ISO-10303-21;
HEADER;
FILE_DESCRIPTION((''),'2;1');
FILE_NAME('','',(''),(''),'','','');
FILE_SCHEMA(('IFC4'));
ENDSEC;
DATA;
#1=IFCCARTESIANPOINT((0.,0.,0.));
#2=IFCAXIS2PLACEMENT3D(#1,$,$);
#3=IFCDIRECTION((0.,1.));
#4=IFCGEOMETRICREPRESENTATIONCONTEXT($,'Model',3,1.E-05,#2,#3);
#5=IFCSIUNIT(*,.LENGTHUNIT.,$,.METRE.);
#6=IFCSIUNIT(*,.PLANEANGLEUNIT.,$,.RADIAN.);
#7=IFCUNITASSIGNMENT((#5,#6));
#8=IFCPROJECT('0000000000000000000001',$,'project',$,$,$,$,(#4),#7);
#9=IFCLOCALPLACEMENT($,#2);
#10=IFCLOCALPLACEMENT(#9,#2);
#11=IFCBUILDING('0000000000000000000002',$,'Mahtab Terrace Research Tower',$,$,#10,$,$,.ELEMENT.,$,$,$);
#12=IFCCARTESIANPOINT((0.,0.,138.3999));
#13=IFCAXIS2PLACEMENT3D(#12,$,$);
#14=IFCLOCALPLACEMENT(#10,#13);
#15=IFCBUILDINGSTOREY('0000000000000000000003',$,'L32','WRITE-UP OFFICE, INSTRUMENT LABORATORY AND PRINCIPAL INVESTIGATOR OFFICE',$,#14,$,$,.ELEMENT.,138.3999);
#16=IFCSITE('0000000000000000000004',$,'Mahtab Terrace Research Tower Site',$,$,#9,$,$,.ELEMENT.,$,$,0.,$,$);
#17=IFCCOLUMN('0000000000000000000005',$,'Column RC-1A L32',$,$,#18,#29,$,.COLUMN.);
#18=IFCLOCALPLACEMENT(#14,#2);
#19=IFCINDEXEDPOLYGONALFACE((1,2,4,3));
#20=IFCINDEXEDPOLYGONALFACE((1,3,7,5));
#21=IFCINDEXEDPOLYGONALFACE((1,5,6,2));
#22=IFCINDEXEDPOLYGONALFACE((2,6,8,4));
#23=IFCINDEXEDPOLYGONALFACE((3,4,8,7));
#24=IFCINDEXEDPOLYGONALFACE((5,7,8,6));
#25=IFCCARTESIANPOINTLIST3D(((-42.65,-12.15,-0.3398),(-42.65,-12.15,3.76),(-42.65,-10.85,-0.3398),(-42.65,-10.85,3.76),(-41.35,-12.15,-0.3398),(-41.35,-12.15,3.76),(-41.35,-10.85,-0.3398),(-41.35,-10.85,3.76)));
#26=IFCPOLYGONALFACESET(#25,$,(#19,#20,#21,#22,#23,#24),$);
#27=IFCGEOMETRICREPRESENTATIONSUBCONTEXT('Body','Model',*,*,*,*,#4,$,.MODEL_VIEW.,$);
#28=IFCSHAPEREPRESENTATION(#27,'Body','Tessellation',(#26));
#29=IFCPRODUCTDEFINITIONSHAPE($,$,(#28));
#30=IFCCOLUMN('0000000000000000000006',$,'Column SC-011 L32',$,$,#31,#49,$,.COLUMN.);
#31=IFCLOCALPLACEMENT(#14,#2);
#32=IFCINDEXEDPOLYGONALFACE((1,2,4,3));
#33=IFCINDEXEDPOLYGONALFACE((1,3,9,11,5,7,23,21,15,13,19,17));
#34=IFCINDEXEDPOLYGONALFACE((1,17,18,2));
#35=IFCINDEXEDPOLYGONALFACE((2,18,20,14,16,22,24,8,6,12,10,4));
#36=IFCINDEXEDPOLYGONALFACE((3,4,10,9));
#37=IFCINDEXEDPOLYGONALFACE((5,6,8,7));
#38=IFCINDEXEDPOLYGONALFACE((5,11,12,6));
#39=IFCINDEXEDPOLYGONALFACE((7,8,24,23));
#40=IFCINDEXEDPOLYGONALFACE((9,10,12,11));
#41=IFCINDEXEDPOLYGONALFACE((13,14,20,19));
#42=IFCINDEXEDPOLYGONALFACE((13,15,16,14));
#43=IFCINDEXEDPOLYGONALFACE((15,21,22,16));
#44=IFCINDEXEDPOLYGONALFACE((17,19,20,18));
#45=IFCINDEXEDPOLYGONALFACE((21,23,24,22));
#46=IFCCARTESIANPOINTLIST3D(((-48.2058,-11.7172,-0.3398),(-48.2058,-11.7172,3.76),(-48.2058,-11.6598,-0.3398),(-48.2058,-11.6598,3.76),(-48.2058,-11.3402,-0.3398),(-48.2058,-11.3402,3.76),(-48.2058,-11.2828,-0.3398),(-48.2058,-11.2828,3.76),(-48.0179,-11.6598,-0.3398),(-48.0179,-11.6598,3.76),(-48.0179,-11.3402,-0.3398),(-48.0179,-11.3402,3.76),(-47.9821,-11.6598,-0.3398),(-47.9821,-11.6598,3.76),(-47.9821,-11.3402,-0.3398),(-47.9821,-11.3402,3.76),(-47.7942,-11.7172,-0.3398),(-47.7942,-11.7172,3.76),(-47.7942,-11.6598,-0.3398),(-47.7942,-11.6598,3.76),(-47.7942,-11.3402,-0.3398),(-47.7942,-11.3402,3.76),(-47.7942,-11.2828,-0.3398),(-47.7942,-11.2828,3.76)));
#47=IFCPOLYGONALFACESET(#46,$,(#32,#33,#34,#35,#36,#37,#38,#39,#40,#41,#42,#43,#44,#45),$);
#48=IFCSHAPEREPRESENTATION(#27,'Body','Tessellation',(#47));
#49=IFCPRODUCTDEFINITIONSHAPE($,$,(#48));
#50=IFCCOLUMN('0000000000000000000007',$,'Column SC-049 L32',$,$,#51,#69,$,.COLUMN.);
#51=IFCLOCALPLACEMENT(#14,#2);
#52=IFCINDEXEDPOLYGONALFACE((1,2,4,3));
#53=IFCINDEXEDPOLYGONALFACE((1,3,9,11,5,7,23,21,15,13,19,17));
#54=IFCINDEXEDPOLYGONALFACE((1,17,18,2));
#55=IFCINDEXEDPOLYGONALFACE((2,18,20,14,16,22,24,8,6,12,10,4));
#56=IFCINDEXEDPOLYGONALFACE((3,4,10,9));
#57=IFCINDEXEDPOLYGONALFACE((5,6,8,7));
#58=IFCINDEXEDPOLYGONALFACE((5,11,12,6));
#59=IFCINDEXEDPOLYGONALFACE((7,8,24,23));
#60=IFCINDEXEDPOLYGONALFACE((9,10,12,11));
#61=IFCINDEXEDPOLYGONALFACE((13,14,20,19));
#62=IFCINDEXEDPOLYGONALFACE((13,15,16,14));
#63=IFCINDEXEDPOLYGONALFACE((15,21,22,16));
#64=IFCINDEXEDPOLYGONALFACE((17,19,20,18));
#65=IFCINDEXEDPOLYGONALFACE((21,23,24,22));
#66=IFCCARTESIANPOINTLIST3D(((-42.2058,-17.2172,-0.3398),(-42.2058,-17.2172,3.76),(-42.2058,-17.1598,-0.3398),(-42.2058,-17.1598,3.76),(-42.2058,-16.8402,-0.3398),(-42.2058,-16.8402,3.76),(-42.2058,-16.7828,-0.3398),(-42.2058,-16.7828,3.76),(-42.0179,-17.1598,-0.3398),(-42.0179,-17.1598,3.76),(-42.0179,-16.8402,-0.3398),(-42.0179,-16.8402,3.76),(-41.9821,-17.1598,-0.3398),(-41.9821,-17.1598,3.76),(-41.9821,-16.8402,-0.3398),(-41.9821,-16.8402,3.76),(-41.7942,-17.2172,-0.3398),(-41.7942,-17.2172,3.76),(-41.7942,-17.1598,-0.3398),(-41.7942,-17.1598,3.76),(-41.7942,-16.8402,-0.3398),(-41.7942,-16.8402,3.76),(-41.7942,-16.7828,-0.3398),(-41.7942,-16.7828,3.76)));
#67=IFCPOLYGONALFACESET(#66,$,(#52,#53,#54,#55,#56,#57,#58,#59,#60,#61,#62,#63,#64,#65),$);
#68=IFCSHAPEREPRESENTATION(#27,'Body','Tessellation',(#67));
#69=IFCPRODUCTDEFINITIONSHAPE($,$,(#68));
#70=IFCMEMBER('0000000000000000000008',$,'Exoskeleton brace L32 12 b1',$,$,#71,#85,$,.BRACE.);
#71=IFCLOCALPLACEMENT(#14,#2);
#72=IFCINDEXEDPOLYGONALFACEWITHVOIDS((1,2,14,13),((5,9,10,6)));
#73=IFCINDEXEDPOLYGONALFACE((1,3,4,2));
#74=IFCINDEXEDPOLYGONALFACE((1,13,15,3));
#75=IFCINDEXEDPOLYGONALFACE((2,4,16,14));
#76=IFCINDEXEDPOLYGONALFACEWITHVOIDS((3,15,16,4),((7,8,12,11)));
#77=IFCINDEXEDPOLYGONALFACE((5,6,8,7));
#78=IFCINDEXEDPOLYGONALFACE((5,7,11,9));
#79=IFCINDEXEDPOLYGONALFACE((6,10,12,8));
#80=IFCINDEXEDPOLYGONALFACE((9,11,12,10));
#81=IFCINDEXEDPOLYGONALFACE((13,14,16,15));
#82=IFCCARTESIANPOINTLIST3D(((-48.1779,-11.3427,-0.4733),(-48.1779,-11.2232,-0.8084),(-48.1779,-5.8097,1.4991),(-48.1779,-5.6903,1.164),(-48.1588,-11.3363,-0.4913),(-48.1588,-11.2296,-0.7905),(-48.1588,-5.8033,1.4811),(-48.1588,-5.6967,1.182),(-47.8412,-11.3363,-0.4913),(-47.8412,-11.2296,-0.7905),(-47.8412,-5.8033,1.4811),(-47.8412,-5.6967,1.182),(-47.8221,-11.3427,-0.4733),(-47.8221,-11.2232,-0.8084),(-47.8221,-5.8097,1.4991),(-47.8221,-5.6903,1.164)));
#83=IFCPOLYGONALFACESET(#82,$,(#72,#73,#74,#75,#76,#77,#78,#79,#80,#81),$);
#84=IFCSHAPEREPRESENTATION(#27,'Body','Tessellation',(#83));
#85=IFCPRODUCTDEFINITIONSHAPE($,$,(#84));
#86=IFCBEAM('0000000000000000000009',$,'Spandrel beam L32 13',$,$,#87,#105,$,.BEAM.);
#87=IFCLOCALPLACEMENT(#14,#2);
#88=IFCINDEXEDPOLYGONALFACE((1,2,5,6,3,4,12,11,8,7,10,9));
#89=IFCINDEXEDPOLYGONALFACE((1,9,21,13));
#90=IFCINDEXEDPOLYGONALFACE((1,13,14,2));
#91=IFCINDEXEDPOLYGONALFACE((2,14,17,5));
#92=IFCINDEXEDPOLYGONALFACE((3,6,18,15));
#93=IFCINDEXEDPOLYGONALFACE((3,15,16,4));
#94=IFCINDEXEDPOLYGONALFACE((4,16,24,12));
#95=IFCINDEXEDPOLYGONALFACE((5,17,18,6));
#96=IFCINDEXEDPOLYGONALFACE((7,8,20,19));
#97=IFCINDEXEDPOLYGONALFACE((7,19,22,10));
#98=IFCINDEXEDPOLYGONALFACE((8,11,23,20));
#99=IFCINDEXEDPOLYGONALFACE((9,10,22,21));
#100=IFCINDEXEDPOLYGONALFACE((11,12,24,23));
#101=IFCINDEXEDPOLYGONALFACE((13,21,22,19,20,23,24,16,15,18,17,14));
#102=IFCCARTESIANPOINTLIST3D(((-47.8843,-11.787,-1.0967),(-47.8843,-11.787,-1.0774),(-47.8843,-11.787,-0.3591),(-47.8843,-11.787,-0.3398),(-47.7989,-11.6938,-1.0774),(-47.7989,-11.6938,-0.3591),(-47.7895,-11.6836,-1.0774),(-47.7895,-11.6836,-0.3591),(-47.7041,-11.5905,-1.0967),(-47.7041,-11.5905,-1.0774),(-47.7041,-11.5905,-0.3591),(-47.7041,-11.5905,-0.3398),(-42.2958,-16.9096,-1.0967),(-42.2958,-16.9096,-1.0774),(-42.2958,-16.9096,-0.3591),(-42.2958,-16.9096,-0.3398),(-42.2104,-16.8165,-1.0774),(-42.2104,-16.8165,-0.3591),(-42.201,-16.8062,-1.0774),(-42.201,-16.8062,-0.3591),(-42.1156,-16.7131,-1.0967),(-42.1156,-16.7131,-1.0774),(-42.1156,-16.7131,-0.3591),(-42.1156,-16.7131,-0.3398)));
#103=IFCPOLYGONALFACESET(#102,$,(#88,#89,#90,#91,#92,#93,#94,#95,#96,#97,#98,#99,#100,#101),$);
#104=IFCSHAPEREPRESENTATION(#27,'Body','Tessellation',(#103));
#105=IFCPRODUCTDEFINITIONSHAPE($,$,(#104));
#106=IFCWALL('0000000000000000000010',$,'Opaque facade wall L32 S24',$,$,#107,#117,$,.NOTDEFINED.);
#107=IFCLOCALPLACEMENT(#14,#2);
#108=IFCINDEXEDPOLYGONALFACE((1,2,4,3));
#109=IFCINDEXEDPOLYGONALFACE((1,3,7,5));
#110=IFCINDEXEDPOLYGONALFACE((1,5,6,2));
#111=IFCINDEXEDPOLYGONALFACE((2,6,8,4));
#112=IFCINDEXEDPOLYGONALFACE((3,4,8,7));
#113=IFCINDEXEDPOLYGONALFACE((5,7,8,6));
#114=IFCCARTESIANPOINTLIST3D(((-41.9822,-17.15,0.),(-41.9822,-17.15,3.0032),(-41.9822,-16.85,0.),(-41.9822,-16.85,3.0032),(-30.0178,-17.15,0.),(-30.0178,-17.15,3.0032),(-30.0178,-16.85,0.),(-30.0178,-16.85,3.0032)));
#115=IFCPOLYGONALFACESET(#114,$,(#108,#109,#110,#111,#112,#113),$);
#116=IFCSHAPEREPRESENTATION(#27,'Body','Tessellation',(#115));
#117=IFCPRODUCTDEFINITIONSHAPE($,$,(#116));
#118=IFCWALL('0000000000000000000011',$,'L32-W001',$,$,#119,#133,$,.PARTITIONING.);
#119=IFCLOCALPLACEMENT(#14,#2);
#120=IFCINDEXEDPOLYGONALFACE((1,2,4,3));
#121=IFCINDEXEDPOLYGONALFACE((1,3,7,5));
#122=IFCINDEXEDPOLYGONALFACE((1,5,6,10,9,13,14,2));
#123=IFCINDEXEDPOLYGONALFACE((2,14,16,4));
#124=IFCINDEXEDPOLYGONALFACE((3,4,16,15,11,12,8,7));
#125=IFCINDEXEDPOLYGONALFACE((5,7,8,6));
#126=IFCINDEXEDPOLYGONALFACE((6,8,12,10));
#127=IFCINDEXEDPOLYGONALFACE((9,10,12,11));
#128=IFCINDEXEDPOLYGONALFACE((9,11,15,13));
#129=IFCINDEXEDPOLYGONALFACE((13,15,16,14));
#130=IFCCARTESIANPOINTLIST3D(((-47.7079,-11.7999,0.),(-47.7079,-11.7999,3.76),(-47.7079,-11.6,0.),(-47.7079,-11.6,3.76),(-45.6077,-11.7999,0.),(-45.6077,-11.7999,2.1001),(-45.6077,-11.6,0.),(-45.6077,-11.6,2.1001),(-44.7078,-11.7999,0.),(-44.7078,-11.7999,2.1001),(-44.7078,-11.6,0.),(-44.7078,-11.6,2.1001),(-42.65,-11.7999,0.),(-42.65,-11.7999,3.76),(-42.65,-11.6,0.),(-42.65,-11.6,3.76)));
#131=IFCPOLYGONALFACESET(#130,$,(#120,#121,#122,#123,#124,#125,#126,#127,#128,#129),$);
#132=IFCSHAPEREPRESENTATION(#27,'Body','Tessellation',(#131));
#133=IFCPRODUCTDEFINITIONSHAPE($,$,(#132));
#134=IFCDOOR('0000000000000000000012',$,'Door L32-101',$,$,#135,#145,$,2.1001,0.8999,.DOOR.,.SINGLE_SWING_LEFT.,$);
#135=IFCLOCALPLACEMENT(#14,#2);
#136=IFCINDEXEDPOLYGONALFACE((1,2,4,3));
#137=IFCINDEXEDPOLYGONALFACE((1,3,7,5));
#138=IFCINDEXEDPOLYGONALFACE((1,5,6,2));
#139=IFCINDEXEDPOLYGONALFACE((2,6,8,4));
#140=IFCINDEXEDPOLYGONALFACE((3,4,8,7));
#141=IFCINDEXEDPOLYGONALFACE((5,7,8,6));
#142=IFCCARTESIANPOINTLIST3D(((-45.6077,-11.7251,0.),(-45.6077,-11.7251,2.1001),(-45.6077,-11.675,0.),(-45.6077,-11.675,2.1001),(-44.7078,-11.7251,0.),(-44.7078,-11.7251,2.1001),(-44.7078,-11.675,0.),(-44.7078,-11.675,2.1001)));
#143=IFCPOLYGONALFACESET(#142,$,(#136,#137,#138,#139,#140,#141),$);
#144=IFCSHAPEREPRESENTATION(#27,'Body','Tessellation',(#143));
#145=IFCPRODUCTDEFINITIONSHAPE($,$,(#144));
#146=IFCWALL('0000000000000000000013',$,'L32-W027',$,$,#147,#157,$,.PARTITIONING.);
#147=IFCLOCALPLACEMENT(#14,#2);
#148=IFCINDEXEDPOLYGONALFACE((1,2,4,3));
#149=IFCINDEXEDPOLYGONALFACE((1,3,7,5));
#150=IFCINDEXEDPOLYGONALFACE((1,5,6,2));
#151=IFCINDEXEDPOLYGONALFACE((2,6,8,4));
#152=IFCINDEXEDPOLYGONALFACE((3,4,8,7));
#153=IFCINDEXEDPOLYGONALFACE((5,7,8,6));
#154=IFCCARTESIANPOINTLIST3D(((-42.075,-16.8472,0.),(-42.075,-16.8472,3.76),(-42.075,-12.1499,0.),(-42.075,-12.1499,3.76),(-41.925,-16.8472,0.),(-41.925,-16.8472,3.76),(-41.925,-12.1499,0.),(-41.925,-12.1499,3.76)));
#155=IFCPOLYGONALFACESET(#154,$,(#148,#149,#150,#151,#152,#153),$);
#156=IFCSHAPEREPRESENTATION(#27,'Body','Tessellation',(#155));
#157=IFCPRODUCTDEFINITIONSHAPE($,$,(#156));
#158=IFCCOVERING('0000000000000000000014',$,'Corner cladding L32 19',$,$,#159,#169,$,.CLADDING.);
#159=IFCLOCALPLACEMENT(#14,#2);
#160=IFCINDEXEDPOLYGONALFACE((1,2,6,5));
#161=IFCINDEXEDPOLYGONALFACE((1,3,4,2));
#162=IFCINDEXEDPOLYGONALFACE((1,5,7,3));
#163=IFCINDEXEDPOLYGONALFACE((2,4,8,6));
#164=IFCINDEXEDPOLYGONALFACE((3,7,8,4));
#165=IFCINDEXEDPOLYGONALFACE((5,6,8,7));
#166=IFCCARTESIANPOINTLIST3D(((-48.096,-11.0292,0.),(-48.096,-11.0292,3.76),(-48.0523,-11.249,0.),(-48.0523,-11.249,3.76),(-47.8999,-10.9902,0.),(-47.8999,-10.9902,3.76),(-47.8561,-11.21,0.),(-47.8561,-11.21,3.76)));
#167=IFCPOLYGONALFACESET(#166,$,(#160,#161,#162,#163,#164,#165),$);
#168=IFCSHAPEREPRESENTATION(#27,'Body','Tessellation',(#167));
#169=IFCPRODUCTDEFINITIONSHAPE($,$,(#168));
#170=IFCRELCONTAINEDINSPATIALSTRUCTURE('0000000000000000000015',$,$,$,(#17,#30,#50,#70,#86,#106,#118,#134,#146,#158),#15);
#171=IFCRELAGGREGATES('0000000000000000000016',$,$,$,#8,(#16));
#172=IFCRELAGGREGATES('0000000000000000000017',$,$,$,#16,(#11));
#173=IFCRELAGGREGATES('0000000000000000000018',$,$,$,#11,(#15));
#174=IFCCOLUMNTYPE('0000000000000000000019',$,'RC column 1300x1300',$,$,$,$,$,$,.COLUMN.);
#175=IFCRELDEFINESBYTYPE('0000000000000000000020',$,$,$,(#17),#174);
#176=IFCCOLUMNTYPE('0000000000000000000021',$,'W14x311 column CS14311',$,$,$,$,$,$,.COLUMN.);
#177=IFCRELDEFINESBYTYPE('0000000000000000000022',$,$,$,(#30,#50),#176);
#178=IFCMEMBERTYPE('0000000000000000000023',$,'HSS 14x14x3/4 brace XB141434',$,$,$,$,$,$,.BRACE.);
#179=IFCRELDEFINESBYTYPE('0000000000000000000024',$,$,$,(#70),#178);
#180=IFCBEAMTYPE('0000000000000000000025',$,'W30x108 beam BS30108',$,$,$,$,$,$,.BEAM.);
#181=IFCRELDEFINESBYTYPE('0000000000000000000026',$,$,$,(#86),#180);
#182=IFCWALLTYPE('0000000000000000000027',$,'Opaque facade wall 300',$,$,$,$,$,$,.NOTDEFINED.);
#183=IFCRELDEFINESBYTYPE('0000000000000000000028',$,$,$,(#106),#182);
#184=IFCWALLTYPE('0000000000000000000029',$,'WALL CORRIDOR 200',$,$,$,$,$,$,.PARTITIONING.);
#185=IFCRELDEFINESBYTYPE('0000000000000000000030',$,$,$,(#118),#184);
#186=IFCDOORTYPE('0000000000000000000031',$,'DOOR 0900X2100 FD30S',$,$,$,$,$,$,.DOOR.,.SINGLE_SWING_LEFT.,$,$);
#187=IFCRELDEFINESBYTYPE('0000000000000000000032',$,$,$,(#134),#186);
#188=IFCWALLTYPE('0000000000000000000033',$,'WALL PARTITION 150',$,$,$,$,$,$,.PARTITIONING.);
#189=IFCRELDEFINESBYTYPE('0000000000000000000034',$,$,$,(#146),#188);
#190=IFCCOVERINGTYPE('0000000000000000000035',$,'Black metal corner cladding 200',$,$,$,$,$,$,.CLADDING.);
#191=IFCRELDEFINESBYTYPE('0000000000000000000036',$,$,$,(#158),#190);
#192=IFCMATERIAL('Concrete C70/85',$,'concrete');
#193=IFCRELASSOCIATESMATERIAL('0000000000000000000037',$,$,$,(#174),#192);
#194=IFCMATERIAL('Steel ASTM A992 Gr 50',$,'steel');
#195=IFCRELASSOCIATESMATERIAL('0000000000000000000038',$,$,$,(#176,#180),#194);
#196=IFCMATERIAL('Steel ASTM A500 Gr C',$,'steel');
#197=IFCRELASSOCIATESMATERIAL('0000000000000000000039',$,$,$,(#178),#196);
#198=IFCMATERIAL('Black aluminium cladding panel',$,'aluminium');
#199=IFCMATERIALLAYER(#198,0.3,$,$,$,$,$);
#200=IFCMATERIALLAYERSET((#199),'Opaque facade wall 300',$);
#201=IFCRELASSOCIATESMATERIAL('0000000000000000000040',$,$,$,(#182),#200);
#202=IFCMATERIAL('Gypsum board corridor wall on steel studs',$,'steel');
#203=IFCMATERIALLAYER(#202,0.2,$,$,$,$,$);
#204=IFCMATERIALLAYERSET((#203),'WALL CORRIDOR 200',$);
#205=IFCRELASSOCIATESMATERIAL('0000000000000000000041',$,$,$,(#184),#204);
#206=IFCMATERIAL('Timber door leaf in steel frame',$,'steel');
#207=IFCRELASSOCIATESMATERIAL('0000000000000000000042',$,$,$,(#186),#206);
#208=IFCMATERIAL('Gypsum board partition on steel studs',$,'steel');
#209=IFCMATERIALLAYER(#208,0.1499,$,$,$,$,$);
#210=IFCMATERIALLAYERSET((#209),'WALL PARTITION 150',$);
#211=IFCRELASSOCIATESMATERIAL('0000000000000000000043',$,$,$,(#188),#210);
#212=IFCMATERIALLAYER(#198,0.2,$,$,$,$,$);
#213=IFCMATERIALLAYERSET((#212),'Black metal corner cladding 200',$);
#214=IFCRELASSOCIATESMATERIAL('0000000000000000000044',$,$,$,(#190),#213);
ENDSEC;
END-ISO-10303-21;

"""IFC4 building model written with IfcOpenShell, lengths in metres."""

from ifc_helpers import new_model, si_unit, direction, frame, frame_2d, origin, origin_2d, place, context, subcontext, project, spatial, rectangle, hollow_rectangle, i_section, extrude, material, layer, layer_set, material_profile, profile_set, type_object, element, fill, save


model = new_model("IFC4")

# Units and contexts
model_context = context("Model", 3, precision=1e-05, world=origin(), true_north=direction((0.0, 1.0)))
body_context = subcontext(model_context, "Body", "Model", "MODEL_VIEW")
ifc_project = project(units=[si_unit("LENGTHUNIT", "METRE"), si_unit("PLANEANGLEUNIT", "RADIAN")], contexts=[model_context])

# Site, building, storey
site_placement = place(None, origin())
site = spatial("IfcSite", under=ifc_project, at=site_placement, Name="Mahtab Terrace Research Tower Site", CompositionType="ELEMENT", RefElevation=0.0)
building_placement = place(site_placement, origin())
building = spatial("IfcBuilding", under=site, at=building_placement, Name="Mahtab Terrace Research Tower", CompositionType="ELEMENT")
storey_placement = place(building_placement, frame((0.0, 0.0, 138.3999)))
storey = spatial("IfcBuildingStorey", under=building, at=storey_placement, Name="L32", Description="WRITE-UP OFFICE, INSTRUMENT LABORATORY AND PRINCIPAL INVESTIGATOR OFFICE", CompositionType="ELEMENT", Elevation=138.3999)

# Columns
ifc_material_1 = material(Name="Concrete C70/85", Category="concrete")
ifc_material_profile_1 = material_profile(ifc_material_1, rectangle(XDim=1.3, YDim=1.3, at=origin_2d()), Name="RC column 1300x1300")
ifc_profile_set_1 = profile_set([ifc_material_profile_1], Name="Concrete C70/85")
column_type_1 = type_object("IfcColumnType", Name="RC column 1300x1300", PredefinedType="COLUMN", material=ifc_profile_set_1)
column_placement = place(storey_placement, frame((-42.0, -11.5, -0.3398), z_axis=(0.0, 0.0, 1.0), x_axis=(1.0, 0.0, 0.0)))
element("IfcColumn", 1, at=column_placement, inside=storey, type_object=column_type_1, Name="Column RC-1A L32", PredefinedType="COLUMN", context=body_context, shape_type="SweptSolid", body=[
    extrude(rectangle(XDim=1.3, YDim=1.3, at=origin_2d()), origin(), (0.0, 0.0, 1.0), 4.0999),
])
ifc_material_2 = material(Name="Steel ASTM A992 Gr 50", Category="steel")
ifc_material_profile_2 = material_profile(ifc_material_2, i_section(OverallWidth=0.4116, OverallDepth=0.4343, WebThickness=0.0359, FlangeThickness=0.0574, at=origin_2d()), Name="W14X311")
ifc_profile_set_2 = profile_set([ifc_material_profile_2], Name="Steel ASTM A992 Gr 50")
column_type_2 = type_object("IfcColumnType", Name="W14x311 column CS14311", PredefinedType="COLUMN", material=ifc_profile_set_2)
for number, where, z_axis, x_axis, name in (
    (2, (-48.0, -11.5, -0.3398), (0.0, 0.0, 1.0), (1.0, 0.0, 0.0), "Column SC-011 L32"),
    (3, (-42.0, -17.0, -0.3398), (0.0, 0.0, 1.0), (1.0, 0.0, 0.0), "Column SC-049 L32"),
):
    element("IfcColumn", number, at=place(storey_placement, frame(where, z_axis=z_axis, x_axis=x_axis)), inside=storey, type_object=column_type_2, Name=name, PredefinedType="COLUMN", context=body_context, shape_type="SweptSolid", body=[
        extrude(i_section(OverallWidth=0.4116, OverallDepth=0.4343, WebThickness=0.0359, FlangeThickness=0.0574, at=origin_2d()), origin(), (0.0, 0.0, 1.0), 4.0999),
    ])

# Member
ifc_material_3 = material(Name="Steel ASTM A500 Gr C", Category="steel")
ifc_material_profile_3 = material_profile(ifc_material_3, hollow_rectangle(XDim=0.3557, YDim=0.3557, WallThickness=0.019, at=origin_2d()), Name="HSS14X14X3/4")
ifc_profile_set_3 = profile_set([ifc_material_profile_3], Name="Steel ASTM A500 Gr C")
member_type = type_object("IfcMemberType", Name="HSS 14x14x3/4 brace XB141434", PredefinedType="BRACE", material=ifc_profile_set_3)
member_placement = place(storey_placement, frame((-48.0, -11.283, -0.6409), z_axis=(0.0, 0.941938, 0.335786), x_axis=(-1.0, 0.0, 0.0)))
element("IfcMember", 4, at=member_placement, inside=storey, type_object=member_type, Name="Exoskeleton brace L32 12 b1", PredefinedType="BRACE", context=body_context, shape_type="SweptSolid", body=[
    extrude(hollow_rectangle(XDim=0.3557, YDim=0.3557, WallThickness=0.019, at=origin_2d()), origin(), (0.0, 0.0, 1.0), 5.874),
])

# Beam
ifc_material_profile_4 = material_profile(ifc_material_2, i_section(OverallWidth=0.2666, OverallDepth=0.7568, WebThickness=0.0139, FlangeThickness=0.0193, at=origin_2d()), Name="W30X108")
ifc_profile_set_4 = profile_set([ifc_material_profile_4], Name="Steel ASTM A992 Gr 50")
beam_type = type_object("IfcBeamType", Name="W30x108 beam BS30108", PredefinedType="BEAM", material=ifc_profile_set_4)
beam_placement = place(storey_placement, frame((-47.7942, -11.6887, -0.7183), z_axis=(0.737162, -0.675716, 0.0), x_axis=(0.675716, 0.737162, 0.0)))
element("IfcBeam", 5, at=beam_placement, inside=storey, type_object=beam_type, Name="Spandrel beam L32 13", PredefinedType="BEAM", context=body_context, shape_type="SweptSolid", body=[
    extrude(i_section(OverallWidth=0.2666, OverallDepth=0.7568, WebThickness=0.0139, FlangeThickness=0.0193, at=origin_2d()), origin(), (0.0, 0.0, 1.0), 7.5811),
])

# Wall
ifc_material_4 = material(Name="Black aluminium cladding panel", Category="aluminium")
ifc_layer_1 = layer(ifc_material_4, 0.3)
ifc_layer_set_1 = layer_set([ifc_layer_1], Name="Opaque facade wall 300")
wall_type_1 = type_object("IfcWallType", Name="Opaque facade wall 300", PredefinedType="NOTDEFINED", material=ifc_layer_set_1)
wall_1_placement = place(storey_placement, frame((-41.9822, -17.0, 0.0), z_axis=(0.0, 0.0, 1.0), x_axis=(1.0, 0.0, 0.0)))
element("IfcWall", 6, at=wall_1_placement, inside=storey, type_object=wall_type_1, Name="Opaque facade wall L32 S24", PredefinedType="NOTDEFINED", context=body_context, shape_type="SweptSolid", body=[
    extrude(rectangle(XDim=11.9644, YDim=0.3, at=frame_2d((5.9822, 0.0))), origin(), (0.0, 0.0, 1.0), 3.0032),
])

# Wall, opening, door
ifc_material_5 = material(Name="Gypsum board corridor wall on steel studs", Category="steel")
ifc_layer_2 = layer(ifc_material_5, 0.2)
ifc_layer_set_2 = layer_set([ifc_layer_2], Name="WALL CORRIDOR 200")
wall_type_2 = type_object("IfcWallType", Name="WALL CORRIDOR 200", PredefinedType="PARTITIONING", material=ifc_layer_set_2)
wall_2_placement = place(storey_placement, frame((-47.7078, -11.7, 0.0), z_axis=(0.0, 0.0, 1.0), x_axis=(1.0, 0.0, 0.0)))
wall_2 = element("IfcWall", 7, at=wall_2_placement, inside=storey, type_object=wall_type_2, Name="L32-W001", PredefinedType="PARTITIONING", context=body_context, shape_type="SweptSolid", body=[
    extrude(rectangle(XDim=5.0579, YDim=0.2, at=frame_2d((2.5288, 0.0))), origin(), (0.0, 0.0, 1.0), 3.76),
])
opening_placement = place(wall_2_placement, frame((2.1001, 0.0, 0.0)))
opening = element("IfcOpeningElement", 8, at=opening_placement, cuts=wall_2, PredefinedType="OPENING", context=body_context, shape_type="SweptSolid", body=[
    extrude(rectangle(XDim=0.8999, YDim=2.1001, at=frame_2d((0.45, 1.05))), frame((0.0, 0.1099, 0.0), z_axis=(0.0, -1.0, 0.0), x_axis=(1.0, 0.0, 0.0)), (0.0, 0.0, 1.0), 0.22),
])
ifc_material_6 = material(Name="Timber door leaf in steel frame", Category="steel")
door_type = type_object("IfcDoorType", Name="DOOR 0900X2100 FD30S", OperationType="SINGLE_SWING_LEFT", PredefinedType="DOOR", material=ifc_material_6)
door_placement = place(opening_placement, origin())
door = element("IfcDoor", 9, at=door_placement, inside=storey, type_object=door_type, Name="Door L32-101", OperationType="SINGLE_SWING_LEFT", OverallHeight=2.1001, OverallWidth=0.8999, PredefinedType="DOOR", context=body_context, shape_type="SweptSolid", body=[
    extrude(rectangle(XDim=0.8999, YDim=2.1001, at=frame_2d((0.45, 1.05))), frame((0.0, 0.0249, 0.0), z_axis=(0.0, -1.0, 0.0), x_axis=(1.0, 0.0, 0.0)), (0.0, 0.0, 1.0), 0.05),
])
fill(opening, door)

# Wall
ifc_material_7 = material(Name="Gypsum board partition on steel studs", Category="steel")
ifc_layer_3 = layer(ifc_material_7, 0.1499)
ifc_layer_set_3 = layer_set([ifc_layer_3], Name="WALL PARTITION 150")
wall_type_3 = type_object("IfcWallType", Name="WALL PARTITION 150", PredefinedType="PARTITIONING", material=ifc_layer_set_3)
wall_3_placement = place(storey_placement, frame((-42.0, -16.8472, 0.0), z_axis=(0.0, 0.0, 1.0), x_axis=(0.0, 1.0, 0.0)))
element("IfcWall", 10, at=wall_3_placement, inside=storey, type_object=wall_type_3, Name="L32-W027", PredefinedType="PARTITIONING", context=body_context, shape_type="SweptSolid", body=[
    extrude(rectangle(XDim=4.6973, YDim=0.1499, at=frame_2d((2.3486, 0.0))), origin(), (0.0, 0.0, 1.0), 3.76),
])

# Covering
ifc_layer_4 = layer(ifc_material_4, 0.2)
ifc_layer_set_4 = layer_set([ifc_layer_4], Name="Black metal corner cladding 200")
covering_type_1 = type_object("IfcCoveringType", Name="Black metal corner cladding 200", PredefinedType="CLADDING", material=ifc_layer_set_4)
covering_1_placement = place(storey_placement, frame((-47.9761, -11.1196, 0.0), z_axis=(0.0, 0.0, 1.0), x_axis=(0.195212, -0.980761, 0.0)))
element("IfcCovering", 11, at=covering_1_placement, inside=storey, type_object=covering_type_1, Name="Corner cladding L32 19", PredefinedType="CLADDING", context=body_context, shape_type="SweptSolid", body=[
    extrude(rectangle(XDim=0.2241, YDim=0.2, at=origin_2d()), origin(), (0.0, 0.0, 1.0), 3.76),
])

save(model, "model.ifc")
